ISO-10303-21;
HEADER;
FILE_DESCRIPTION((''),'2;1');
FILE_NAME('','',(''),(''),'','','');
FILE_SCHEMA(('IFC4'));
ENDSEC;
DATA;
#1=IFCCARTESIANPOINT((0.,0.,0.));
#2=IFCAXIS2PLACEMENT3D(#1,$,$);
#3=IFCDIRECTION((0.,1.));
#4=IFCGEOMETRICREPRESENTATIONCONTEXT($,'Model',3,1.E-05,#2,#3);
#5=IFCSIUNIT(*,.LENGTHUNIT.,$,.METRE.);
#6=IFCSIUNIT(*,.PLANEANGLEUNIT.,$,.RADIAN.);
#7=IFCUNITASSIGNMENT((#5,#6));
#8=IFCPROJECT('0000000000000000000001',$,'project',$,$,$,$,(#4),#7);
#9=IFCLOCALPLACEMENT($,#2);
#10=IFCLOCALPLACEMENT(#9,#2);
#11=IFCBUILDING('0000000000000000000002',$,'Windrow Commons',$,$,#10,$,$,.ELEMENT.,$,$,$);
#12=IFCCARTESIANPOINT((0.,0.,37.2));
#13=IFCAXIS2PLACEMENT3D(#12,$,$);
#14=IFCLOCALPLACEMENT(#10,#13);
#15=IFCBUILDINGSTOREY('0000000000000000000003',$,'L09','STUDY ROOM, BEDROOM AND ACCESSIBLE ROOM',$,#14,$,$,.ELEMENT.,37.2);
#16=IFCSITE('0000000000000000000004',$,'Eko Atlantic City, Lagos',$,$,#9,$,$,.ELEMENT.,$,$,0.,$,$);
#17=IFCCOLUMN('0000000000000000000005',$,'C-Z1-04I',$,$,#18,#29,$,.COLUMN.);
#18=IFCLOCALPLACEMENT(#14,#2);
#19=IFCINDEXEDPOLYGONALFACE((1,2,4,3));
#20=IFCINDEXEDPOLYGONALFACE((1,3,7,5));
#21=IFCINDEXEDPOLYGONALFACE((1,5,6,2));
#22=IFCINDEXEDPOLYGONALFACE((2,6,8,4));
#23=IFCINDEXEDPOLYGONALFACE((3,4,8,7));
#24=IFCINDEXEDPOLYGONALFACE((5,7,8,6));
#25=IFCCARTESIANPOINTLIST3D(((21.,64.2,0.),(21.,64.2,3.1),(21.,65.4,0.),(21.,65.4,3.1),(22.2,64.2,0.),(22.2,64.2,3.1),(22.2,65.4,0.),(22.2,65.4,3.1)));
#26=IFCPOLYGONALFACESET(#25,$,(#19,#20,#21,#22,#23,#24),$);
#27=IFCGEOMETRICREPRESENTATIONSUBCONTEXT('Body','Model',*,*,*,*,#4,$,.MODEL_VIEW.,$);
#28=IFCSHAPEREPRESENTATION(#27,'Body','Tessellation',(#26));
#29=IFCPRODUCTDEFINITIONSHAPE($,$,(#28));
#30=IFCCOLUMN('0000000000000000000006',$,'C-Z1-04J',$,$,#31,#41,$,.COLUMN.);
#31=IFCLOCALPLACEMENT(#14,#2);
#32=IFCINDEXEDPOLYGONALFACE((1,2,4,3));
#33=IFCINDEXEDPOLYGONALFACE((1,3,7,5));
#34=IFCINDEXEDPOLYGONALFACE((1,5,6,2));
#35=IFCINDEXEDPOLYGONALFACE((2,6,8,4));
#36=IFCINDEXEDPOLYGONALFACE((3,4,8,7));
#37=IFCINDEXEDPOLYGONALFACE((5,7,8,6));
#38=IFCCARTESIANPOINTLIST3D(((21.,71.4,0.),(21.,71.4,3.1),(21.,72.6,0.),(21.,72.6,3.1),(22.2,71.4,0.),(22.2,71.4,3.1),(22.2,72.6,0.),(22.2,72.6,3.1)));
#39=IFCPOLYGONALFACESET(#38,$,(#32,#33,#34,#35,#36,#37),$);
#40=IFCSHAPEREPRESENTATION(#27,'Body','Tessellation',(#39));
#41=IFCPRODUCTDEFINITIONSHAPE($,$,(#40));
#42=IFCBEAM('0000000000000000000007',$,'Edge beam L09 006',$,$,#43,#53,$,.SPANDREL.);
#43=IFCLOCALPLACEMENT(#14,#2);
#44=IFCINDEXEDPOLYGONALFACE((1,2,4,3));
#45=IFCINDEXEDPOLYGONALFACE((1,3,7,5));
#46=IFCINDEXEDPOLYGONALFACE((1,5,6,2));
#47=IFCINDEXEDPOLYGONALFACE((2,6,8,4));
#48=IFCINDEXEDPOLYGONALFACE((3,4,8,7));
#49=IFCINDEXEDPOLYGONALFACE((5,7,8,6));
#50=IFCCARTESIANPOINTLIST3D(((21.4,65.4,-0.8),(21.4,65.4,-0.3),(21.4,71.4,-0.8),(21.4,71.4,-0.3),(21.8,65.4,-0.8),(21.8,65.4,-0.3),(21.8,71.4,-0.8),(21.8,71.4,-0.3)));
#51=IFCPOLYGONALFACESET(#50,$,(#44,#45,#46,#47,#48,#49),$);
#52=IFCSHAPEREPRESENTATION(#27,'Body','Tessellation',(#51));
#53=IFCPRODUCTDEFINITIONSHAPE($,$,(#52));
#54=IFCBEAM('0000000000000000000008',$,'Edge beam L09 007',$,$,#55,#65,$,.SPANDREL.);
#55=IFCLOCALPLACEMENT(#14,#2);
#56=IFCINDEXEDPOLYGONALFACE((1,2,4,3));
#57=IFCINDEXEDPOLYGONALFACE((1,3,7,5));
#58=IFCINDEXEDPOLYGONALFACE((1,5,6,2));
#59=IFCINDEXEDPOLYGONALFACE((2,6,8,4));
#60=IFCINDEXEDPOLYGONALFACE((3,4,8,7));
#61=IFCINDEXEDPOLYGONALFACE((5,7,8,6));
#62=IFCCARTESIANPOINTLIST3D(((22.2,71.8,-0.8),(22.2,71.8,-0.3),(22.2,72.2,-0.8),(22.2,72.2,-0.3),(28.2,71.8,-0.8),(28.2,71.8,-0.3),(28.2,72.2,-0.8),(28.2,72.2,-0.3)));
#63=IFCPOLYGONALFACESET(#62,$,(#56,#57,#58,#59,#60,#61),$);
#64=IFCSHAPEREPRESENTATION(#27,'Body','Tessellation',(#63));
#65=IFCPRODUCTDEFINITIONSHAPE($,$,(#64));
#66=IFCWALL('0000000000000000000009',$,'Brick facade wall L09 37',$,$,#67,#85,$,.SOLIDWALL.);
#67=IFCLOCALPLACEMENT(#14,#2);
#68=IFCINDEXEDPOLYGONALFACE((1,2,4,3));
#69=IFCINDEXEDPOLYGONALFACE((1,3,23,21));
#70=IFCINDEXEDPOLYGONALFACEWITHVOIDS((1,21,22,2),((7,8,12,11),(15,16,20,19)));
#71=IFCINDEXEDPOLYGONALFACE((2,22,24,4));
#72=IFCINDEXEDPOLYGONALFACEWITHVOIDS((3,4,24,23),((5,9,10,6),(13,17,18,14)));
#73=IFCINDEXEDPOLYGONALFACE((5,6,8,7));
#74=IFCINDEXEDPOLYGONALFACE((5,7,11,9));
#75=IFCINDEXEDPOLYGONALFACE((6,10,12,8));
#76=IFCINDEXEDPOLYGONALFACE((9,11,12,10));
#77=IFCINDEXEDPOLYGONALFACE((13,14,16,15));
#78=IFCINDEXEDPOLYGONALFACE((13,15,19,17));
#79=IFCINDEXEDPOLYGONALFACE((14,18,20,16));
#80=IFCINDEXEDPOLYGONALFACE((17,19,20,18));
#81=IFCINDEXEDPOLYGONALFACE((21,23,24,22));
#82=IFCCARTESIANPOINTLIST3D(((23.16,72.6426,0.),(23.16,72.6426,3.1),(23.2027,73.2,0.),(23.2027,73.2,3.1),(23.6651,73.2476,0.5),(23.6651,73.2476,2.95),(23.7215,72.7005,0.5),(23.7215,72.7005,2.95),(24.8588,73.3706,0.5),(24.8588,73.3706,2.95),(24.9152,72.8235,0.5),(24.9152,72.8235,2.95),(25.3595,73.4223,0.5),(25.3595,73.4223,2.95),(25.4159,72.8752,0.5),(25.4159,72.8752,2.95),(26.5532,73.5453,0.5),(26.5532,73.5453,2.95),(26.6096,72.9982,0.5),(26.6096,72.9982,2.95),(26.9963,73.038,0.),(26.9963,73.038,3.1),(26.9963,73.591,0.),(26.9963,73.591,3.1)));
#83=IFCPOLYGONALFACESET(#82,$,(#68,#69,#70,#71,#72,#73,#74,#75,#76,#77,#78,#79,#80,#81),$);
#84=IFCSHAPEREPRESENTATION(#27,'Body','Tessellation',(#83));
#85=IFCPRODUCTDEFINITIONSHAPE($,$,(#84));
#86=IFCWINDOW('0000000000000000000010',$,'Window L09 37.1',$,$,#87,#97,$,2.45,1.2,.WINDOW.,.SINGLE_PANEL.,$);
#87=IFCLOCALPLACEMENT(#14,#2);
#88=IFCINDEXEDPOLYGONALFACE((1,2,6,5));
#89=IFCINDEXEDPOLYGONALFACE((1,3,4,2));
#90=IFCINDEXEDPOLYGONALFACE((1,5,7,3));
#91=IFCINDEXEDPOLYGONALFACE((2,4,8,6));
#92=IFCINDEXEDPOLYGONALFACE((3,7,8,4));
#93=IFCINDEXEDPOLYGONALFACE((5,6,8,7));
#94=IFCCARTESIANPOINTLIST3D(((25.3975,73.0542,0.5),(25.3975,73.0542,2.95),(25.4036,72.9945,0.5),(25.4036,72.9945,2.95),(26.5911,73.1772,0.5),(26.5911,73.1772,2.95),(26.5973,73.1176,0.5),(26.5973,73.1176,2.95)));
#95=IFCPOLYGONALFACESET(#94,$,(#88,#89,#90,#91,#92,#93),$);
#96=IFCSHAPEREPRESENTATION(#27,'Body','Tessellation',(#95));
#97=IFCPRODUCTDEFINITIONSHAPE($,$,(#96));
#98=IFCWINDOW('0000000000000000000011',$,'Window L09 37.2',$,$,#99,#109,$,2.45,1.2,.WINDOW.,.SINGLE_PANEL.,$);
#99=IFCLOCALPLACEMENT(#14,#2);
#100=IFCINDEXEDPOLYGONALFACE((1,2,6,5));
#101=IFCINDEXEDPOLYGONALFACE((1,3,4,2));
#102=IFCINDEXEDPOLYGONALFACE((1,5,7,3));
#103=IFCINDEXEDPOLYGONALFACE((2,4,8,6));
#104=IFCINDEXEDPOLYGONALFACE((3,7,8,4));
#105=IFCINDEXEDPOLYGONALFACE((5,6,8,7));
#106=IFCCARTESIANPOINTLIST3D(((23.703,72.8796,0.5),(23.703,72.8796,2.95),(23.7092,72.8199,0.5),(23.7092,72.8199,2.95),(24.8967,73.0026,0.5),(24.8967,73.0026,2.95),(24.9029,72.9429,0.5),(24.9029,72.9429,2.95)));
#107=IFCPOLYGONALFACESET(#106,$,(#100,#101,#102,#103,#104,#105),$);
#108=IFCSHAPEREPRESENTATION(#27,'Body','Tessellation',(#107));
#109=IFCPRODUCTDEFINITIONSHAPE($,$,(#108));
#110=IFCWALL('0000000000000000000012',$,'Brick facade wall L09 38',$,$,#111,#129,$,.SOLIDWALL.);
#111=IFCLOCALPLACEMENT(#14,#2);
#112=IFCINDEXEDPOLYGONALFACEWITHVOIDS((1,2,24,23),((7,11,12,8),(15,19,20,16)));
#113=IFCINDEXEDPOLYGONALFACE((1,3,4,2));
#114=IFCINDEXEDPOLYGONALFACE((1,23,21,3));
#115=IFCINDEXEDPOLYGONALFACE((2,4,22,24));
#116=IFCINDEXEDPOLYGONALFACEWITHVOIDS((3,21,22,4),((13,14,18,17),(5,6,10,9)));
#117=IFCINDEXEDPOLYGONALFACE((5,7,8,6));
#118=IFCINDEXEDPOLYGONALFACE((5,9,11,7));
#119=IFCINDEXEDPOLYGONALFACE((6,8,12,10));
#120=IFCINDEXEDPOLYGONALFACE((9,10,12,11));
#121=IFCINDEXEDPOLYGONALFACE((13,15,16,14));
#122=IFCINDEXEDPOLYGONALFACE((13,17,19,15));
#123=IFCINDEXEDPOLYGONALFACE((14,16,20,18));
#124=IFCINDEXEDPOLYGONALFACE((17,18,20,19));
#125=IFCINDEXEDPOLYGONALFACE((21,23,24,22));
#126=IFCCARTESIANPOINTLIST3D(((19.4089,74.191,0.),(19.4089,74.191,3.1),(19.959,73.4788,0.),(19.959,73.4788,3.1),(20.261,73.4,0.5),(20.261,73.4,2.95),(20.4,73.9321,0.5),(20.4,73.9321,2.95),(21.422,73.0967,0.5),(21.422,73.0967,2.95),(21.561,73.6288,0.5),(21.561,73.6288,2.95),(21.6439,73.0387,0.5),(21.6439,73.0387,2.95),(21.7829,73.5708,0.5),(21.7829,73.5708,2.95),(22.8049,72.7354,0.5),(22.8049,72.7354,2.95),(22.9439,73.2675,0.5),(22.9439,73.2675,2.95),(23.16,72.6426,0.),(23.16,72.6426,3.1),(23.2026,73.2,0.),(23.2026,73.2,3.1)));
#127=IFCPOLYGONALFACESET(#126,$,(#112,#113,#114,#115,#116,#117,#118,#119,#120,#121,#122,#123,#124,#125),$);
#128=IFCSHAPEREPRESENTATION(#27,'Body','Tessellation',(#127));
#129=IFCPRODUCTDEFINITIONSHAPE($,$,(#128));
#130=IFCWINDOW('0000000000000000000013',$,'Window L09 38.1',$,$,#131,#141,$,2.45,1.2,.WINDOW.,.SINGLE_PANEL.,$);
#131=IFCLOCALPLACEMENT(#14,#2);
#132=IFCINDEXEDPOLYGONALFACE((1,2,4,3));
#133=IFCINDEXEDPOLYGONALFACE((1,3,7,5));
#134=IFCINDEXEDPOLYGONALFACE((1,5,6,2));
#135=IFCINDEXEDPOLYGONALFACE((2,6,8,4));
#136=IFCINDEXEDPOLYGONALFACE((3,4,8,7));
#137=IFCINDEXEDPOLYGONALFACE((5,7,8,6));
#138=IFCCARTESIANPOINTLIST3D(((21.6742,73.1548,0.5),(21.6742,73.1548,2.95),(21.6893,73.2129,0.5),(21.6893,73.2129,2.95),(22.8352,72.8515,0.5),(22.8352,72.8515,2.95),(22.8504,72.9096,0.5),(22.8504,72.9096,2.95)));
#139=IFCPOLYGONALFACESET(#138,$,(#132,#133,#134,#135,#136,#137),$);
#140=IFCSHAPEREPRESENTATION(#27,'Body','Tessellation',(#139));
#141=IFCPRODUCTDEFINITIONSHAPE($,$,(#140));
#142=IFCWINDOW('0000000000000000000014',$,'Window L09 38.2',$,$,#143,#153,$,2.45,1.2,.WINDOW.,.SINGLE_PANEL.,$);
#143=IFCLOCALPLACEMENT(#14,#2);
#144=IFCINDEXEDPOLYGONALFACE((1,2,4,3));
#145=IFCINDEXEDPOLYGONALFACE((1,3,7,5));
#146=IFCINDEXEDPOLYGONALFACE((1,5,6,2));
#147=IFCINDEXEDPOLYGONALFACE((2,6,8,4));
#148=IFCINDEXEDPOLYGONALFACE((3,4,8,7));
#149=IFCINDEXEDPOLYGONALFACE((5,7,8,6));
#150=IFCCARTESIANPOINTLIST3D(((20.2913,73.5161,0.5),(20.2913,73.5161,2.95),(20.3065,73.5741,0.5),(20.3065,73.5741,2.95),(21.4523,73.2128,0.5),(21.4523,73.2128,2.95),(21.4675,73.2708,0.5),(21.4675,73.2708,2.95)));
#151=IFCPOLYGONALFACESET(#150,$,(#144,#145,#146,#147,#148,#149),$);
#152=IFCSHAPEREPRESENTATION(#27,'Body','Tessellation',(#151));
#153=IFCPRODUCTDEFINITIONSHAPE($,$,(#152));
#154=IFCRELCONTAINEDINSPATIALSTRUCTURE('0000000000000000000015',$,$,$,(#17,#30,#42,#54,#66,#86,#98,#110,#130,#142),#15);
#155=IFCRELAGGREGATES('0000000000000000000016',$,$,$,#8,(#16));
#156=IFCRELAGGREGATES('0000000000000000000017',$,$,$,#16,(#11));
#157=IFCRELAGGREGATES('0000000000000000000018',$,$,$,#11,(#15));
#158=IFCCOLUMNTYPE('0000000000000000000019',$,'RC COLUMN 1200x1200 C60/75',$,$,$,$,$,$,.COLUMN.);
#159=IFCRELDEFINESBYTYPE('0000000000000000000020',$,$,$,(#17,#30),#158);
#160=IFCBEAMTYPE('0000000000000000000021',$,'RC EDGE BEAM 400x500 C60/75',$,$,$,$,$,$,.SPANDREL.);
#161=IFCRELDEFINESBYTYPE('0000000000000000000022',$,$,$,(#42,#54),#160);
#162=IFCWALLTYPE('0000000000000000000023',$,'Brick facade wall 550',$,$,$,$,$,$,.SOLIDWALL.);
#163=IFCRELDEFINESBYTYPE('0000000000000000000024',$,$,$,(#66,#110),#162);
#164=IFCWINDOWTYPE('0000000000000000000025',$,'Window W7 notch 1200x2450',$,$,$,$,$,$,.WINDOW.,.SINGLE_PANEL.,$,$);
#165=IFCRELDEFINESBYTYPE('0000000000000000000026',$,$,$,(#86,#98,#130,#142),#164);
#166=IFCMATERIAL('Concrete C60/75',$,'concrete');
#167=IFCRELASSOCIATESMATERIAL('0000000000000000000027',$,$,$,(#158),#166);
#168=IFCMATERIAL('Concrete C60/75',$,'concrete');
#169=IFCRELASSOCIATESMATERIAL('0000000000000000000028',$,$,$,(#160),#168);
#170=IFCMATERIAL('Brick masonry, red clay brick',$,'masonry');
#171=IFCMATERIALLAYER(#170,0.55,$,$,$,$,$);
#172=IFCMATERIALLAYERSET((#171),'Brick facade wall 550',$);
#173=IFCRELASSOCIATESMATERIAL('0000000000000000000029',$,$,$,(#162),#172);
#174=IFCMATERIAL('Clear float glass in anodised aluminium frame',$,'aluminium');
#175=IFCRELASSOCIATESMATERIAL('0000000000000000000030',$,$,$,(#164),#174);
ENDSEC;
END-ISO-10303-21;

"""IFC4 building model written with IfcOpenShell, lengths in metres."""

from ifc_helpers import new_model, si_unit, direction, frame, frame_2d, origin, origin_2d, place, context, subcontext, project, spatial, polyline, rectangle, outline, extrude, material, layer, layer_set, material_profile, profile_set, type_object, element, fill, save


model = new_model("IFC4")

# Units and contexts
model_context = context("Model", 3, precision=1e-05, world=origin(), true_north=direction((0.0, 1.0)))
body_context = subcontext(model_context, "Body", "Model", "MODEL_VIEW")
ifc_project = project(units=[si_unit("LENGTHUNIT", "METRE"), si_unit("PLANEANGLEUNIT", "RADIAN")], contexts=[model_context])

# Site, building, storey
site_placement = place(None, origin())
site = spatial("IfcSite", under=ifc_project, at=site_placement, Name="Eko Atlantic City, Lagos", CompositionType="ELEMENT", RefElevation=0.0)
building_placement = place(site_placement, origin())
building = spatial("IfcBuilding", under=site, at=building_placement, Name="Windrow Commons", CompositionType="ELEMENT")
storey_placement = place(building_placement, frame((0.0, 0.0, 37.2)))
storey = spatial("IfcBuildingStorey", under=building, at=storey_placement, Name="L09", Description="STUDY ROOM, BEDROOM AND ACCESSIBLE ROOM", CompositionType="ELEMENT", Elevation=37.2)

# Columns
ifc_material_1 = material(Name="Concrete C60/75", Category="concrete")
ifc_material_profile_1 = material_profile(ifc_material_1, rectangle(XDim=1.2, YDim=1.2, at=origin_2d()))
ifc_profile_set_1 = profile_set([ifc_material_profile_1], Name="Concrete C60/75")
column_type = type_object("IfcColumnType", Name="RC COLUMN 1200x1200 C60/75", PredefinedType="COLUMN", material=ifc_profile_set_1)
for number, where, z_axis, x_axis, name in (
    (1, (21.6, 64.8, 0.0), (0.0, 0.0, 1.0), (1.0, 0.0, 0.0), "C-Z1-04I"),
    (2, (21.6, 72.0, 0.0), (0.0, 0.0, 1.0), (1.0, 0.0, 0.0), "C-Z1-04J"),
):
    element("IfcColumn", number, at=place(storey_placement, frame(where, z_axis=z_axis, x_axis=x_axis)), inside=storey, type_object=column_type, Name=name, PredefinedType="COLUMN", context=body_context, shape_type="SweptSolid", body=[
        extrude(rectangle(XDim=1.2, YDim=1.2, at=origin_2d()), origin(), (0.0, 0.0, 1.0), 3.1),
    ])

# Beams
ifc_material_2 = material(Name="Concrete C60/75", Category="concrete")
ifc_material_profile_2 = material_profile(ifc_material_2, rectangle(XDim=0.4, YDim=0.5, at=origin_2d()))
ifc_profile_set_2 = profile_set([ifc_material_profile_2], Name="Concrete C60/75")
beam_type = type_object("IfcBeamType", Name="RC EDGE BEAM 400x500 C60/75", PredefinedType="SPANDREL", material=ifc_profile_set_2)
for number, where, z_axis, x_axis, name in (
    (3, (21.6, 65.4, -0.55), (0.0, 1.0, 0.0), (-1.0, 0.0, 0.0), "Edge beam L09 006"),
    (4, (22.2, 72.0, -0.55), (1.0, 0.0, 0.0), (0.0, 1.0, 0.0), "Edge beam L09 007"),
):
    element("IfcBeam", number, at=place(storey_placement, frame(where, z_axis=z_axis, x_axis=x_axis)), inside=storey, type_object=beam_type, Name=name, PredefinedType="SPANDREL", context=body_context, shape_type="SweptSolid", body=[
        extrude(rectangle(XDim=0.4, YDim=0.5, at=origin_2d()), origin(), (0.0, 0.0, 1.0), 6.0),
    ])

# Walls, openings, windows
ifc_material_3 = material(Name="Brick masonry, red clay brick", Category="masonry")
ifc_layer_1 = layer(ifc_material_3, 0.55)
ifc_layer_set_1 = layer_set([ifc_layer_1], Name="Brick facade wall 550")
wall_type_1 = type_object("IfcWallType", Name="Brick facade wall 550", PredefinedType="SOLIDWALL", material=ifc_layer_set_1)
wall_1_placement = place(storey_placement, frame((26.9963, 73.3145, 0.0), z_axis=(0.0, 0.0, 1.0), x_axis=(-0.994731, -0.102524, 0.0)))
wall_1 = element("IfcWall", 5, at=wall_1_placement, inside=storey, type_object=wall_type_1, Name="Brick facade wall L09 37", PredefinedType="SOLIDWALL", context=body_context, shape_type="SweptSolid", body=[
    extrude(outline(polyline([(-0.0283, -0.275), (3.7854, -0.275), (3.885, 0.275), (0.0283, 0.275), (-0.0283, -0.275)])), origin(), (0.0, 0.0, 1.0), 3.1),
])
opening_1_placement = place(wall_1_placement, frame((0.4171, 0.0, 0.5)))
opening_1 = element("IfcOpeningElement", 6, at=opening_1_placement, cuts=wall_1, PredefinedType="OPENING", context=body_context, shape_type="SweptSolid", body=[
    extrude(rectangle(XDim=1.2, YDim=2.45, at=frame_2d((0.6, 1.225))), frame((0.0, 0.285, 0.0), z_axis=(0.0, -1.0, 0.0), x_axis=(1.0, 0.0, 0.0)), (0.0, 0.0, 1.0), 0.57),
])
opening_2_placement = place(wall_1_placement, frame((2.1205, 0.0, 0.5)))
opening_2 = element("IfcOpeningElement", 7, at=opening_2_placement, cuts=wall_1, PredefinedType="OPENING", context=body_context, shape_type="SweptSolid", body=[
    extrude(rectangle(XDim=1.2, YDim=2.45, at=frame_2d((0.6, 1.225))), frame((0.0, 0.285, 0.0), z_axis=(0.0, -1.0, 0.0), x_axis=(1.0, 0.0, 0.0)), (0.0, 0.0, 1.0), 0.57),
])
ifc_material_4 = material(Name="Clear float glass in anodised aluminium frame", Category="aluminium")
window_type_1 = type_object("IfcWindowType", Name="Window W7 notch 1200x2450", PartitioningType="SINGLE_PANEL", PredefinedType="WINDOW", material=ifc_material_4)
window_1_placement = place(opening_1_placement, origin())
window_1 = element("IfcWindow", 8, at=window_1_placement, inside=storey, type_object=window_type_1, Name="Window L09 37.1", OverallHeight=2.45, OverallWidth=1.2, PartitioningType="SINGLE_PANEL", PredefinedType="WINDOW", context=body_context, shape_type="SweptSolid", body=[
    extrude(rectangle(XDim=1.2, YDim=2.45, at=frame_2d((0.6, 1.225))), frame((0.0, 0.155, 0.0), z_axis=(0.0, -1.0, 0.0), x_axis=(1.0, 0.0, 0.0)), (0.0, 0.0, 1.0), 0.06),
])
fill(opening_1, window_1)
window_2_placement = place(opening_2_placement, origin())
window_2 = element("IfcWindow", 9, at=window_2_placement, inside=storey, type_object=window_type_1, Name="Window L09 37.2", OverallHeight=2.45, OverallWidth=1.2, PartitioningType="SINGLE_PANEL", PredefinedType="WINDOW", context=body_context, shape_type="SweptSolid", body=[
    extrude(rectangle(XDim=1.2, YDim=2.45, at=frame_2d((0.6, 1.225))), frame((0.0, 0.155, 0.0), z_axis=(0.0, -1.0, 0.0), x_axis=(1.0, 0.0, 0.0)), (0.0, 0.0, 1.0), 0.06),
])
fill(opening_2, window_2)
wall_2_placement = place(storey_placement, frame((23.1813, 72.9213, 0.0), z_axis=(0.0, 0.0, 1.0), x_axis=(-0.967532, 0.252748, 0.0)))
wall_2 = element("IfcWall", 10, at=wall_2_placement, inside=storey, type_object=wall_type_1, Name="Brick facade wall L09 38", PredefinedType="SOLIDWALL", context=body_context, shape_type="SweptSolid", body=[
    extrude(outline(polyline([(0.0498, -0.275), (3.9708, -0.275), (3.2586, 0.275), (-0.0498, 0.275), (0.0498, -0.275)])), origin(), (0.0, 0.0, 1.0), 3.1),
])
opening_3_placement = place(wall_2_placement, frame((0.3172, 0.0, 0.5)))
opening_3 = element("IfcOpeningElement", 11, at=opening_3_placement, cuts=wall_2, PredefinedType="OPENING", context=body_context, shape_type="SweptSolid", body=[
    extrude(rectangle(XDim=1.2, YDim=2.45, at=frame_2d((0.6, 1.225))), frame((0.0, 0.285, 0.0), z_axis=(0.0, -1.0, 0.0), x_axis=(1.0, 0.0, 0.0)), (0.0, 0.0, 1.0), 0.57),
])
opening_4_placement = place(wall_2_placement, frame((1.7465, 0.0, 0.5)))
opening_4 = element("IfcOpeningElement", 12, at=opening_4_placement, cuts=wall_2, PredefinedType="OPENING", context=body_context, shape_type="SweptSolid", body=[
    extrude(rectangle(XDim=1.2, YDim=2.45, at=frame_2d((0.6, 1.225))), frame((0.0, 0.285, 0.0), z_axis=(0.0, -1.0, 0.0), x_axis=(1.0, 0.0, 0.0)), (0.0, 0.0, 1.0), 0.57),
])
window_3_placement = place(opening_3_placement, origin())
window_3 = element("IfcWindow", 13, at=window_3_placement, inside=storey, type_object=window_type_1, Name="Window L09 38.1", OverallHeight=2.45, OverallWidth=1.2, PartitioningType="SINGLE_PANEL", PredefinedType="WINDOW", context=body_context, shape_type="SweptSolid", body=[
    extrude(rectangle(XDim=1.2, YDim=2.45, at=frame_2d((0.6, 1.225))), frame((0.0, 0.155, 0.0), z_axis=(0.0, -1.0, 0.0), x_axis=(1.0, 0.0, 0.0)), (0.0, 0.0, 1.0), 0.06),
])
fill(opening_3, window_3)
window_4_placement = place(opening_4_placement, origin())
window_4 = element("IfcWindow", 14, at=window_4_placement, inside=storey, type_object=window_type_1, Name="Window L09 38.2", OverallHeight=2.45, OverallWidth=1.2, PartitioningType="SINGLE_PANEL", PredefinedType="WINDOW", context=body_context, shape_type="SweptSolid", body=[
    extrude(rectangle(XDim=1.2, YDim=2.45, at=frame_2d((0.6, 1.225))), frame((0.0, 0.155, 0.0), z_axis=(0.0, -1.0, 0.0), x_axis=(1.0, 0.0, 0.0)), (0.0, 0.0, 1.0), 0.06),
])
fill(opening_4, window_4)

save(model, "model.ifc")
